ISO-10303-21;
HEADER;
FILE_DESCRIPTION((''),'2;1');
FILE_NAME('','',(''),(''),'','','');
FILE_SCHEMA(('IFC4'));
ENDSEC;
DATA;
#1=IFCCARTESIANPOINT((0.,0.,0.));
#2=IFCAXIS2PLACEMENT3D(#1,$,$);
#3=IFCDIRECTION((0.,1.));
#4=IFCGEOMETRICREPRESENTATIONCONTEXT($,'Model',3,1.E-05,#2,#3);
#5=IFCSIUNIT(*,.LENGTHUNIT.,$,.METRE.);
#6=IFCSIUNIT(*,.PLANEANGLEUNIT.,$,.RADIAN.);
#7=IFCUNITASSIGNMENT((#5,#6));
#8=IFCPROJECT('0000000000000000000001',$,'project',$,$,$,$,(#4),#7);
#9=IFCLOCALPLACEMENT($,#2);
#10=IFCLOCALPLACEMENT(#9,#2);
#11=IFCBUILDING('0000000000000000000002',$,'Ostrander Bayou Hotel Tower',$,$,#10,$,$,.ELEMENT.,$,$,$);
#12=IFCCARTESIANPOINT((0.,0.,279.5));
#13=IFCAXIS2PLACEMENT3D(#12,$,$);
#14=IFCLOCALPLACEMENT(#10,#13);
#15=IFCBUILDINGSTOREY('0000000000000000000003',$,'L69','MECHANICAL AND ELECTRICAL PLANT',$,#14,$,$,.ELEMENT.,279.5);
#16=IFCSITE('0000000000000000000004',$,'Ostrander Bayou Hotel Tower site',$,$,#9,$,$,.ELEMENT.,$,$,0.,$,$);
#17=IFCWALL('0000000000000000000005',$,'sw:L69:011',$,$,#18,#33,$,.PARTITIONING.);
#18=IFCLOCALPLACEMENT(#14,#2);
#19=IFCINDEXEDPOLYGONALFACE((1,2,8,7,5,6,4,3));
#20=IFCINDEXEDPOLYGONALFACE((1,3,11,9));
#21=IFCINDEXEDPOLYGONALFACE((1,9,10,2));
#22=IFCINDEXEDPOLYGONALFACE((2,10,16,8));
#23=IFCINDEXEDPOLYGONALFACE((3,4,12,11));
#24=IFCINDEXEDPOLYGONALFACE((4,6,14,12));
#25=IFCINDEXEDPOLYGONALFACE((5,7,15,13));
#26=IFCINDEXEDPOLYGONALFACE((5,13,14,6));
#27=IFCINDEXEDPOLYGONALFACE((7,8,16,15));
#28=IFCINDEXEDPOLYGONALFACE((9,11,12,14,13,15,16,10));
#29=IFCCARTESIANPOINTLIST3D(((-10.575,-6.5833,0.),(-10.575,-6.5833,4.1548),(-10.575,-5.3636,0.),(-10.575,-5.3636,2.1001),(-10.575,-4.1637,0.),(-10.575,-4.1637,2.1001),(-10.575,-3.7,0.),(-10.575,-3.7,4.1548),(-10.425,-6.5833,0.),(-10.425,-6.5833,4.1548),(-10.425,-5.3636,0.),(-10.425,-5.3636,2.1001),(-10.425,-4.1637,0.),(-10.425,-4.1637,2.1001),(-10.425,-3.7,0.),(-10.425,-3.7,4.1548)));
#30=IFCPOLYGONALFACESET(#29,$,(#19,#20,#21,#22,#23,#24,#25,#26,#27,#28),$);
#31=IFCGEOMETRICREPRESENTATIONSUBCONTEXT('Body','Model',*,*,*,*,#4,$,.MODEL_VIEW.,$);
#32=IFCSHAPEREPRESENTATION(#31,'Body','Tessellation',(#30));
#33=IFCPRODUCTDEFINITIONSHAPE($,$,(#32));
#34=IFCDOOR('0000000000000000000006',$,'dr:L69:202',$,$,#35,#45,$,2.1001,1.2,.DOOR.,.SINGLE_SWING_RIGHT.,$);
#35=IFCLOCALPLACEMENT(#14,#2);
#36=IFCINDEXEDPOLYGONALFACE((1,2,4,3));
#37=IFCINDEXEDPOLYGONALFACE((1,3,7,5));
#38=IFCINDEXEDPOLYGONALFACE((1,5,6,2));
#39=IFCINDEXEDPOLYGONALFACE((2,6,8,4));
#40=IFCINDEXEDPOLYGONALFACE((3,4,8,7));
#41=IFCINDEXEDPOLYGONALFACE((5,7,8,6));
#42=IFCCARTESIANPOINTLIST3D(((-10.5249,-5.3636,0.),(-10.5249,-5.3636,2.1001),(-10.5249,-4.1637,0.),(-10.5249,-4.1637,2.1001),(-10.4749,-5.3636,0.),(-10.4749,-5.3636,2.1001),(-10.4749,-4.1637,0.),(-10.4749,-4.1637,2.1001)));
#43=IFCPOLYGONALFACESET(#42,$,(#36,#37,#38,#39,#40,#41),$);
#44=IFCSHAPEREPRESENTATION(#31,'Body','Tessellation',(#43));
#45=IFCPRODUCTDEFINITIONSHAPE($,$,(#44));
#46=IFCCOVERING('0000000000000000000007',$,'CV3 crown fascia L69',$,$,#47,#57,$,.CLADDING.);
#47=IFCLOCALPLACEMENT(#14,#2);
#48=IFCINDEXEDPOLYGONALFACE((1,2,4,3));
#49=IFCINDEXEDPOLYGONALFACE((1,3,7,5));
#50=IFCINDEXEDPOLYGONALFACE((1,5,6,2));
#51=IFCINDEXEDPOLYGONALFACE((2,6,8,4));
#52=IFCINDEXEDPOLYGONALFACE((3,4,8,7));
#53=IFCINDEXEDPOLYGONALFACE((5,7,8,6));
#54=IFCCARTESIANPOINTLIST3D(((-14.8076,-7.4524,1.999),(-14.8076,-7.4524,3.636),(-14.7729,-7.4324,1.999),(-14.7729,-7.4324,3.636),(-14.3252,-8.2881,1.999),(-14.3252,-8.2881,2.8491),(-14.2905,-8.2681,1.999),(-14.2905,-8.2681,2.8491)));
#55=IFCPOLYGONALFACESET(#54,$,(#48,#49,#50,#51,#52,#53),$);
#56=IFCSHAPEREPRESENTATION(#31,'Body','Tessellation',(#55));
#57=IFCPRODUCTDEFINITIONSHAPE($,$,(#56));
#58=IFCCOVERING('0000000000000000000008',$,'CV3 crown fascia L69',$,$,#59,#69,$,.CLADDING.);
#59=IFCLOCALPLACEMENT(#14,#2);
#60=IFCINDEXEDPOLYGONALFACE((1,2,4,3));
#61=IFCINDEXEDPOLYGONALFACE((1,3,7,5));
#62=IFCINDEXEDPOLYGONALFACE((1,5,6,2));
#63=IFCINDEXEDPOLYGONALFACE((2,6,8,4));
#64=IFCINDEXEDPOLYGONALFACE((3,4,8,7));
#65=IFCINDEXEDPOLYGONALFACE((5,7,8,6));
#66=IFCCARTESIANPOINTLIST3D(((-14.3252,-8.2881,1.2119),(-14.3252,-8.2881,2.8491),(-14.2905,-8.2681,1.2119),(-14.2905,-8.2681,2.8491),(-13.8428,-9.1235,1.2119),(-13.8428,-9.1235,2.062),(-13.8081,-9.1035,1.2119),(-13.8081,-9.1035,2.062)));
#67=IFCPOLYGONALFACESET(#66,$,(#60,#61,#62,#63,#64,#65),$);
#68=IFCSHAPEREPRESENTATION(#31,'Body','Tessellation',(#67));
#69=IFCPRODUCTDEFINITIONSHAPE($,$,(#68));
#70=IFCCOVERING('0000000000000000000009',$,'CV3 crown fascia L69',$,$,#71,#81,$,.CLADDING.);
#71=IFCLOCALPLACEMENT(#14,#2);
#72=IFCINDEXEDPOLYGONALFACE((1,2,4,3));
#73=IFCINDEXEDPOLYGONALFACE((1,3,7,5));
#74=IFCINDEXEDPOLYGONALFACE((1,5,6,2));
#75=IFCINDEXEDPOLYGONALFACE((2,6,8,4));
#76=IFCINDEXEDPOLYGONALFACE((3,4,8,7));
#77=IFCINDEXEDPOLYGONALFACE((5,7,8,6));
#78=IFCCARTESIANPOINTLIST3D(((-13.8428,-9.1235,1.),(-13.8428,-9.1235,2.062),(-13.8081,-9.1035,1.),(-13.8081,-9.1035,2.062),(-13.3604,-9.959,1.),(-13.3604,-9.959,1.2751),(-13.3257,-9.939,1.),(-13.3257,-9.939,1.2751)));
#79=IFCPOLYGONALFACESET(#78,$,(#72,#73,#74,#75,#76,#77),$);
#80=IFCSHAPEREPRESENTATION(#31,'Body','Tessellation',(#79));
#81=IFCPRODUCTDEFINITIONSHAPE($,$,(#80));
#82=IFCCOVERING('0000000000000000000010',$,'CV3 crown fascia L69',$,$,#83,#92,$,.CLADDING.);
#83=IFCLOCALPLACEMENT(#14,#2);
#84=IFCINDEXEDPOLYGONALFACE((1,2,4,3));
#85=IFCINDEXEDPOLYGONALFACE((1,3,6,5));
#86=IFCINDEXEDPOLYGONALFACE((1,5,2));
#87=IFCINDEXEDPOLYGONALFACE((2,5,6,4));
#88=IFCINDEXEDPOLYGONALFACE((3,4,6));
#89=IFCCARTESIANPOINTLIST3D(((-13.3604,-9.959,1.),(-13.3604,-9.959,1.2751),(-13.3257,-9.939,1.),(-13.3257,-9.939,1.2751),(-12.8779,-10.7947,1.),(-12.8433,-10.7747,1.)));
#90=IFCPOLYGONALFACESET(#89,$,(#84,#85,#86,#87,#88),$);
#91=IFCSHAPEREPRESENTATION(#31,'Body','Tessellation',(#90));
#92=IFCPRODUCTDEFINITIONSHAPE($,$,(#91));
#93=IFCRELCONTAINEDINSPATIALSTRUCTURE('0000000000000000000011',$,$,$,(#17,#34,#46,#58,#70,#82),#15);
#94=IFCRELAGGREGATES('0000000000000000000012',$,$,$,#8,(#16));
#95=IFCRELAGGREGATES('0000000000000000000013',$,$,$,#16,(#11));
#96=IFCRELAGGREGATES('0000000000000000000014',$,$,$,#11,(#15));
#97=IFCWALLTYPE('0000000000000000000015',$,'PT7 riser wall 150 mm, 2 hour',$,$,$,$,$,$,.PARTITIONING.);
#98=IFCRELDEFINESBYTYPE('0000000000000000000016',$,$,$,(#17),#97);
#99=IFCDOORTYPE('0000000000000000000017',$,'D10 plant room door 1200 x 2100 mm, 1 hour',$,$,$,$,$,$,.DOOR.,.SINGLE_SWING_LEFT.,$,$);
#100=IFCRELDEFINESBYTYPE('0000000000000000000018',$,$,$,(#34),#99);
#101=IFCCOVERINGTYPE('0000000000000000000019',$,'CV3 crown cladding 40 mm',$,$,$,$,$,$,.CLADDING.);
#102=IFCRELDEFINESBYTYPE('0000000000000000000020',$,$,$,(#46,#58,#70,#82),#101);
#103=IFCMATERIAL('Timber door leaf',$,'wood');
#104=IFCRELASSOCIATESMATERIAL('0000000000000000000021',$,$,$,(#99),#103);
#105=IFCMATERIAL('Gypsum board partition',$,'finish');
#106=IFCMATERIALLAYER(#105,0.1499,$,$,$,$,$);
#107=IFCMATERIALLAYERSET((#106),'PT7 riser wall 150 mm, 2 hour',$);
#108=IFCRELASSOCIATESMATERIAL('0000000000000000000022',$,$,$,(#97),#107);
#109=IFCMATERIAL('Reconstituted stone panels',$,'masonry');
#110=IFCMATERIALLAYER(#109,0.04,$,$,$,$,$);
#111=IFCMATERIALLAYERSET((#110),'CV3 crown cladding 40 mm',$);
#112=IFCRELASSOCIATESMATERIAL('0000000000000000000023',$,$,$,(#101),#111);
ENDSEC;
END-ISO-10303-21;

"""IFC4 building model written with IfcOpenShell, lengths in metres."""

from ifc_helpers import new_model, si_unit, direction, frame, frame_2d, origin, place, context, subcontext, project, spatial, polyline, rectangle, outline, extrude, material, layer, layer_set, type_object, element, fill, save


model = new_model("IFC4")

# Units and contexts
model_context = context("Model", 3, precision=1e-05, world=origin(), true_north=direction((0.0, 1.0)))
body_context = subcontext(model_context, "Body", "Model", "MODEL_VIEW")
ifc_project = project(units=[si_unit("LENGTHUNIT", "METRE"), si_unit("PLANEANGLEUNIT", "RADIAN")], contexts=[model_context])

# Site, building, storey
site_placement = place(None, origin())
site = spatial("IfcSite", under=ifc_project, at=site_placement, Name="Ostrander Bayou Hotel Tower site", CompositionType="ELEMENT", RefElevation=0.0)
building_placement = place(site_placement, origin())
building = spatial("IfcBuilding", under=site, at=building_placement, Name="Ostrander Bayou Hotel Tower", CompositionType="ELEMENT")
storey_placement = place(building_placement, frame((0.0, 0.0, 279.5)))
storey = spatial("IfcBuildingStorey", under=building, at=storey_placement, Name="L69", Description="MECHANICAL AND ELECTRICAL PLANT", CompositionType="ELEMENT", Elevation=279.5)

# Shared definitions
ifc_material_1 = material(Name="Timber door leaf", Category="wood")
door_type = type_object("IfcDoorType", Name="D10 plant room door 1200 x 2100 mm, 1 hour", OperationType="SINGLE_SWING_LEFT", PredefinedType="DOOR", material=ifc_material_1)

# Wall, opening, door
ifc_material_2 = material(Name="Gypsum board partition", Category="finish")
ifc_layer_1 = layer(ifc_material_2, 0.1499)
ifc_layer_set_1 = layer_set([ifc_layer_1], Name="PT7 riser wall 150 mm, 2 hour")
wall_type_1 = type_object("IfcWallType", Name="PT7 riser wall 150 mm, 2 hour", PredefinedType="PARTITIONING", material=ifc_layer_set_1)
wall_1_placement = place(storey_placement, frame((-10.5, -6.5833, 0.0), z_axis=(0.0, 0.0, 1.0), x_axis=(0.0, 1.0, 0.0)))
wall_1 = element("IfcWall", 1, at=wall_1_placement, inside=storey, type_object=wall_type_1, Name="sw:L69:011", PredefinedType="PARTITIONING", context=body_context, shape_type="SweptSolid", body=[
    extrude(rectangle(XDim=2.8833, YDim=0.1499, at=frame_2d((1.4417, 0.0))), origin(), (0.0, 0.0, 1.0), 4.1548),
])
opening_1_placement = place(wall_1_placement, frame((1.2195, 0.0, 0.0)))
opening_1 = element("IfcOpeningElement", 2, at=opening_1_placement, cuts=wall_1, PredefinedType="OPENING", context=body_context, shape_type="SweptSolid", body=[
    extrude(rectangle(XDim=1.2, YDim=2.1001, at=frame_2d((0.6001, 1.05))), frame((0.0, 0.075, 0.0), z_axis=(0.0, -1.0, 0.0), x_axis=(1.0, 0.0, 0.0)), (0.0, 0.0, 1.0), 0.1499),
])
door_1_placement = place(opening_1_placement, origin())
door_1 = element("IfcDoor", 3, at=door_1_placement, inside=storey, type_object=door_type, Name="dr:L69:202", OperationType="SINGLE_SWING_RIGHT", OverallHeight=2.1001, OverallWidth=1.2, PredefinedType="DOOR", context=body_context, shape_type="SweptSolid", body=[
    extrude(rectangle(XDim=1.2, YDim=2.1001, at=frame_2d((0.6001, 1.05))), frame((0.0, 0.0249, 0.0), z_axis=(0.0, -1.0, 0.0), x_axis=(1.0, 0.0, 0.0)), (0.0, 0.0, 1.0), 0.05),
])
fill(opening_1, door_1)

# Coverings
ifc_material_3 = material(Name="Reconstituted stone panels", Category="masonry")
ifc_layer_2 = layer(ifc_material_3, 0.04)
ifc_layer_set_2 = layer_set([ifc_layer_2], Name="CV3 crown cladding 40 mm")
covering_type = type_object("IfcCoveringType", Name="CV3 crown cladding 40 mm", PredefinedType="CLADDING", material=ifc_layer_set_2)
covering_1_placement = place(storey_placement, frame((-14.8076, -7.4524, 1.999), z_axis=(-0.866055, -0.499949, 0.0), x_axis=(0.499949, -0.866055, 0.0)))
element("IfcCovering", 4, at=covering_1_placement, inside=storey, type_object=covering_type, Name="CV3 crown fascia L69", PredefinedType="CLADDING", context=body_context, shape_type="SweptSolid", body=[
    extrude(outline(polyline([(0.0, 0.0), (0.9649, 0.0), (0.9649, 0.8501), (0.0, 1.637), (0.0, 0.0)])), origin(), (0.0, 0.0, -1.0), 0.04),
])
covering_2_placement = place(storey_placement, frame((-14.3252, -8.2881, 1.2119), z_axis=(-0.865992, -0.500058, 0.0), x_axis=(0.500058, -0.865992, 0.0)))
element("IfcCovering", 5, at=covering_2_placement, inside=storey, type_object=covering_type, Name="CV3 crown fascia L69", PredefinedType="CLADDING", context=body_context, shape_type="SweptSolid", body=[
    extrude(outline(polyline([(0.0, 0.0), (0.9647, 0.0), (0.9647, 0.8501), (0.0, 1.6372), (0.0, 0.0)])), origin(), (0.0, 0.0, -1.0), 0.04),
])
covering_3_placement = place(storey_placement, frame((-13.8428, -9.1235, 1.0), z_axis=(-0.865992, -0.500058, 0.0), x_axis=(0.500058, -0.865992, 0.0)))
element("IfcCovering", 6, at=covering_3_placement, inside=storey, type_object=covering_type, Name="CV3 crown fascia L69", PredefinedType="CLADDING", context=body_context, shape_type="SweptSolid", body=[
    extrude(outline(polyline([(0.0, 0.0), (0.9647, 0.0), (0.9647, 0.2751), (0.0, 1.062), (0.0, 0.0)])), origin(), (0.0, 0.0, -1.0), 0.04),
])
covering_4_placement = place(storey_placement, frame((-13.3604, -9.959, 1.0), z_axis=(-0.866055, -0.499949, 0.0), x_axis=(0.499949, -0.866055, 0.0)))
element("IfcCovering", 7, at=covering_4_placement, inside=storey, type_object=covering_type, Name="CV3 crown fascia L69", PredefinedType="CLADDING", context=body_context, shape_type="SweptSolid", body=[
    extrude(outline(polyline([(0.0, 0.0), (0.9649, 0.0), (0.0, 0.2751), (0.0, 0.0)])), origin(), (0.0, 0.0, -1.0), 0.04),
])

save(model, "model.ifc")
